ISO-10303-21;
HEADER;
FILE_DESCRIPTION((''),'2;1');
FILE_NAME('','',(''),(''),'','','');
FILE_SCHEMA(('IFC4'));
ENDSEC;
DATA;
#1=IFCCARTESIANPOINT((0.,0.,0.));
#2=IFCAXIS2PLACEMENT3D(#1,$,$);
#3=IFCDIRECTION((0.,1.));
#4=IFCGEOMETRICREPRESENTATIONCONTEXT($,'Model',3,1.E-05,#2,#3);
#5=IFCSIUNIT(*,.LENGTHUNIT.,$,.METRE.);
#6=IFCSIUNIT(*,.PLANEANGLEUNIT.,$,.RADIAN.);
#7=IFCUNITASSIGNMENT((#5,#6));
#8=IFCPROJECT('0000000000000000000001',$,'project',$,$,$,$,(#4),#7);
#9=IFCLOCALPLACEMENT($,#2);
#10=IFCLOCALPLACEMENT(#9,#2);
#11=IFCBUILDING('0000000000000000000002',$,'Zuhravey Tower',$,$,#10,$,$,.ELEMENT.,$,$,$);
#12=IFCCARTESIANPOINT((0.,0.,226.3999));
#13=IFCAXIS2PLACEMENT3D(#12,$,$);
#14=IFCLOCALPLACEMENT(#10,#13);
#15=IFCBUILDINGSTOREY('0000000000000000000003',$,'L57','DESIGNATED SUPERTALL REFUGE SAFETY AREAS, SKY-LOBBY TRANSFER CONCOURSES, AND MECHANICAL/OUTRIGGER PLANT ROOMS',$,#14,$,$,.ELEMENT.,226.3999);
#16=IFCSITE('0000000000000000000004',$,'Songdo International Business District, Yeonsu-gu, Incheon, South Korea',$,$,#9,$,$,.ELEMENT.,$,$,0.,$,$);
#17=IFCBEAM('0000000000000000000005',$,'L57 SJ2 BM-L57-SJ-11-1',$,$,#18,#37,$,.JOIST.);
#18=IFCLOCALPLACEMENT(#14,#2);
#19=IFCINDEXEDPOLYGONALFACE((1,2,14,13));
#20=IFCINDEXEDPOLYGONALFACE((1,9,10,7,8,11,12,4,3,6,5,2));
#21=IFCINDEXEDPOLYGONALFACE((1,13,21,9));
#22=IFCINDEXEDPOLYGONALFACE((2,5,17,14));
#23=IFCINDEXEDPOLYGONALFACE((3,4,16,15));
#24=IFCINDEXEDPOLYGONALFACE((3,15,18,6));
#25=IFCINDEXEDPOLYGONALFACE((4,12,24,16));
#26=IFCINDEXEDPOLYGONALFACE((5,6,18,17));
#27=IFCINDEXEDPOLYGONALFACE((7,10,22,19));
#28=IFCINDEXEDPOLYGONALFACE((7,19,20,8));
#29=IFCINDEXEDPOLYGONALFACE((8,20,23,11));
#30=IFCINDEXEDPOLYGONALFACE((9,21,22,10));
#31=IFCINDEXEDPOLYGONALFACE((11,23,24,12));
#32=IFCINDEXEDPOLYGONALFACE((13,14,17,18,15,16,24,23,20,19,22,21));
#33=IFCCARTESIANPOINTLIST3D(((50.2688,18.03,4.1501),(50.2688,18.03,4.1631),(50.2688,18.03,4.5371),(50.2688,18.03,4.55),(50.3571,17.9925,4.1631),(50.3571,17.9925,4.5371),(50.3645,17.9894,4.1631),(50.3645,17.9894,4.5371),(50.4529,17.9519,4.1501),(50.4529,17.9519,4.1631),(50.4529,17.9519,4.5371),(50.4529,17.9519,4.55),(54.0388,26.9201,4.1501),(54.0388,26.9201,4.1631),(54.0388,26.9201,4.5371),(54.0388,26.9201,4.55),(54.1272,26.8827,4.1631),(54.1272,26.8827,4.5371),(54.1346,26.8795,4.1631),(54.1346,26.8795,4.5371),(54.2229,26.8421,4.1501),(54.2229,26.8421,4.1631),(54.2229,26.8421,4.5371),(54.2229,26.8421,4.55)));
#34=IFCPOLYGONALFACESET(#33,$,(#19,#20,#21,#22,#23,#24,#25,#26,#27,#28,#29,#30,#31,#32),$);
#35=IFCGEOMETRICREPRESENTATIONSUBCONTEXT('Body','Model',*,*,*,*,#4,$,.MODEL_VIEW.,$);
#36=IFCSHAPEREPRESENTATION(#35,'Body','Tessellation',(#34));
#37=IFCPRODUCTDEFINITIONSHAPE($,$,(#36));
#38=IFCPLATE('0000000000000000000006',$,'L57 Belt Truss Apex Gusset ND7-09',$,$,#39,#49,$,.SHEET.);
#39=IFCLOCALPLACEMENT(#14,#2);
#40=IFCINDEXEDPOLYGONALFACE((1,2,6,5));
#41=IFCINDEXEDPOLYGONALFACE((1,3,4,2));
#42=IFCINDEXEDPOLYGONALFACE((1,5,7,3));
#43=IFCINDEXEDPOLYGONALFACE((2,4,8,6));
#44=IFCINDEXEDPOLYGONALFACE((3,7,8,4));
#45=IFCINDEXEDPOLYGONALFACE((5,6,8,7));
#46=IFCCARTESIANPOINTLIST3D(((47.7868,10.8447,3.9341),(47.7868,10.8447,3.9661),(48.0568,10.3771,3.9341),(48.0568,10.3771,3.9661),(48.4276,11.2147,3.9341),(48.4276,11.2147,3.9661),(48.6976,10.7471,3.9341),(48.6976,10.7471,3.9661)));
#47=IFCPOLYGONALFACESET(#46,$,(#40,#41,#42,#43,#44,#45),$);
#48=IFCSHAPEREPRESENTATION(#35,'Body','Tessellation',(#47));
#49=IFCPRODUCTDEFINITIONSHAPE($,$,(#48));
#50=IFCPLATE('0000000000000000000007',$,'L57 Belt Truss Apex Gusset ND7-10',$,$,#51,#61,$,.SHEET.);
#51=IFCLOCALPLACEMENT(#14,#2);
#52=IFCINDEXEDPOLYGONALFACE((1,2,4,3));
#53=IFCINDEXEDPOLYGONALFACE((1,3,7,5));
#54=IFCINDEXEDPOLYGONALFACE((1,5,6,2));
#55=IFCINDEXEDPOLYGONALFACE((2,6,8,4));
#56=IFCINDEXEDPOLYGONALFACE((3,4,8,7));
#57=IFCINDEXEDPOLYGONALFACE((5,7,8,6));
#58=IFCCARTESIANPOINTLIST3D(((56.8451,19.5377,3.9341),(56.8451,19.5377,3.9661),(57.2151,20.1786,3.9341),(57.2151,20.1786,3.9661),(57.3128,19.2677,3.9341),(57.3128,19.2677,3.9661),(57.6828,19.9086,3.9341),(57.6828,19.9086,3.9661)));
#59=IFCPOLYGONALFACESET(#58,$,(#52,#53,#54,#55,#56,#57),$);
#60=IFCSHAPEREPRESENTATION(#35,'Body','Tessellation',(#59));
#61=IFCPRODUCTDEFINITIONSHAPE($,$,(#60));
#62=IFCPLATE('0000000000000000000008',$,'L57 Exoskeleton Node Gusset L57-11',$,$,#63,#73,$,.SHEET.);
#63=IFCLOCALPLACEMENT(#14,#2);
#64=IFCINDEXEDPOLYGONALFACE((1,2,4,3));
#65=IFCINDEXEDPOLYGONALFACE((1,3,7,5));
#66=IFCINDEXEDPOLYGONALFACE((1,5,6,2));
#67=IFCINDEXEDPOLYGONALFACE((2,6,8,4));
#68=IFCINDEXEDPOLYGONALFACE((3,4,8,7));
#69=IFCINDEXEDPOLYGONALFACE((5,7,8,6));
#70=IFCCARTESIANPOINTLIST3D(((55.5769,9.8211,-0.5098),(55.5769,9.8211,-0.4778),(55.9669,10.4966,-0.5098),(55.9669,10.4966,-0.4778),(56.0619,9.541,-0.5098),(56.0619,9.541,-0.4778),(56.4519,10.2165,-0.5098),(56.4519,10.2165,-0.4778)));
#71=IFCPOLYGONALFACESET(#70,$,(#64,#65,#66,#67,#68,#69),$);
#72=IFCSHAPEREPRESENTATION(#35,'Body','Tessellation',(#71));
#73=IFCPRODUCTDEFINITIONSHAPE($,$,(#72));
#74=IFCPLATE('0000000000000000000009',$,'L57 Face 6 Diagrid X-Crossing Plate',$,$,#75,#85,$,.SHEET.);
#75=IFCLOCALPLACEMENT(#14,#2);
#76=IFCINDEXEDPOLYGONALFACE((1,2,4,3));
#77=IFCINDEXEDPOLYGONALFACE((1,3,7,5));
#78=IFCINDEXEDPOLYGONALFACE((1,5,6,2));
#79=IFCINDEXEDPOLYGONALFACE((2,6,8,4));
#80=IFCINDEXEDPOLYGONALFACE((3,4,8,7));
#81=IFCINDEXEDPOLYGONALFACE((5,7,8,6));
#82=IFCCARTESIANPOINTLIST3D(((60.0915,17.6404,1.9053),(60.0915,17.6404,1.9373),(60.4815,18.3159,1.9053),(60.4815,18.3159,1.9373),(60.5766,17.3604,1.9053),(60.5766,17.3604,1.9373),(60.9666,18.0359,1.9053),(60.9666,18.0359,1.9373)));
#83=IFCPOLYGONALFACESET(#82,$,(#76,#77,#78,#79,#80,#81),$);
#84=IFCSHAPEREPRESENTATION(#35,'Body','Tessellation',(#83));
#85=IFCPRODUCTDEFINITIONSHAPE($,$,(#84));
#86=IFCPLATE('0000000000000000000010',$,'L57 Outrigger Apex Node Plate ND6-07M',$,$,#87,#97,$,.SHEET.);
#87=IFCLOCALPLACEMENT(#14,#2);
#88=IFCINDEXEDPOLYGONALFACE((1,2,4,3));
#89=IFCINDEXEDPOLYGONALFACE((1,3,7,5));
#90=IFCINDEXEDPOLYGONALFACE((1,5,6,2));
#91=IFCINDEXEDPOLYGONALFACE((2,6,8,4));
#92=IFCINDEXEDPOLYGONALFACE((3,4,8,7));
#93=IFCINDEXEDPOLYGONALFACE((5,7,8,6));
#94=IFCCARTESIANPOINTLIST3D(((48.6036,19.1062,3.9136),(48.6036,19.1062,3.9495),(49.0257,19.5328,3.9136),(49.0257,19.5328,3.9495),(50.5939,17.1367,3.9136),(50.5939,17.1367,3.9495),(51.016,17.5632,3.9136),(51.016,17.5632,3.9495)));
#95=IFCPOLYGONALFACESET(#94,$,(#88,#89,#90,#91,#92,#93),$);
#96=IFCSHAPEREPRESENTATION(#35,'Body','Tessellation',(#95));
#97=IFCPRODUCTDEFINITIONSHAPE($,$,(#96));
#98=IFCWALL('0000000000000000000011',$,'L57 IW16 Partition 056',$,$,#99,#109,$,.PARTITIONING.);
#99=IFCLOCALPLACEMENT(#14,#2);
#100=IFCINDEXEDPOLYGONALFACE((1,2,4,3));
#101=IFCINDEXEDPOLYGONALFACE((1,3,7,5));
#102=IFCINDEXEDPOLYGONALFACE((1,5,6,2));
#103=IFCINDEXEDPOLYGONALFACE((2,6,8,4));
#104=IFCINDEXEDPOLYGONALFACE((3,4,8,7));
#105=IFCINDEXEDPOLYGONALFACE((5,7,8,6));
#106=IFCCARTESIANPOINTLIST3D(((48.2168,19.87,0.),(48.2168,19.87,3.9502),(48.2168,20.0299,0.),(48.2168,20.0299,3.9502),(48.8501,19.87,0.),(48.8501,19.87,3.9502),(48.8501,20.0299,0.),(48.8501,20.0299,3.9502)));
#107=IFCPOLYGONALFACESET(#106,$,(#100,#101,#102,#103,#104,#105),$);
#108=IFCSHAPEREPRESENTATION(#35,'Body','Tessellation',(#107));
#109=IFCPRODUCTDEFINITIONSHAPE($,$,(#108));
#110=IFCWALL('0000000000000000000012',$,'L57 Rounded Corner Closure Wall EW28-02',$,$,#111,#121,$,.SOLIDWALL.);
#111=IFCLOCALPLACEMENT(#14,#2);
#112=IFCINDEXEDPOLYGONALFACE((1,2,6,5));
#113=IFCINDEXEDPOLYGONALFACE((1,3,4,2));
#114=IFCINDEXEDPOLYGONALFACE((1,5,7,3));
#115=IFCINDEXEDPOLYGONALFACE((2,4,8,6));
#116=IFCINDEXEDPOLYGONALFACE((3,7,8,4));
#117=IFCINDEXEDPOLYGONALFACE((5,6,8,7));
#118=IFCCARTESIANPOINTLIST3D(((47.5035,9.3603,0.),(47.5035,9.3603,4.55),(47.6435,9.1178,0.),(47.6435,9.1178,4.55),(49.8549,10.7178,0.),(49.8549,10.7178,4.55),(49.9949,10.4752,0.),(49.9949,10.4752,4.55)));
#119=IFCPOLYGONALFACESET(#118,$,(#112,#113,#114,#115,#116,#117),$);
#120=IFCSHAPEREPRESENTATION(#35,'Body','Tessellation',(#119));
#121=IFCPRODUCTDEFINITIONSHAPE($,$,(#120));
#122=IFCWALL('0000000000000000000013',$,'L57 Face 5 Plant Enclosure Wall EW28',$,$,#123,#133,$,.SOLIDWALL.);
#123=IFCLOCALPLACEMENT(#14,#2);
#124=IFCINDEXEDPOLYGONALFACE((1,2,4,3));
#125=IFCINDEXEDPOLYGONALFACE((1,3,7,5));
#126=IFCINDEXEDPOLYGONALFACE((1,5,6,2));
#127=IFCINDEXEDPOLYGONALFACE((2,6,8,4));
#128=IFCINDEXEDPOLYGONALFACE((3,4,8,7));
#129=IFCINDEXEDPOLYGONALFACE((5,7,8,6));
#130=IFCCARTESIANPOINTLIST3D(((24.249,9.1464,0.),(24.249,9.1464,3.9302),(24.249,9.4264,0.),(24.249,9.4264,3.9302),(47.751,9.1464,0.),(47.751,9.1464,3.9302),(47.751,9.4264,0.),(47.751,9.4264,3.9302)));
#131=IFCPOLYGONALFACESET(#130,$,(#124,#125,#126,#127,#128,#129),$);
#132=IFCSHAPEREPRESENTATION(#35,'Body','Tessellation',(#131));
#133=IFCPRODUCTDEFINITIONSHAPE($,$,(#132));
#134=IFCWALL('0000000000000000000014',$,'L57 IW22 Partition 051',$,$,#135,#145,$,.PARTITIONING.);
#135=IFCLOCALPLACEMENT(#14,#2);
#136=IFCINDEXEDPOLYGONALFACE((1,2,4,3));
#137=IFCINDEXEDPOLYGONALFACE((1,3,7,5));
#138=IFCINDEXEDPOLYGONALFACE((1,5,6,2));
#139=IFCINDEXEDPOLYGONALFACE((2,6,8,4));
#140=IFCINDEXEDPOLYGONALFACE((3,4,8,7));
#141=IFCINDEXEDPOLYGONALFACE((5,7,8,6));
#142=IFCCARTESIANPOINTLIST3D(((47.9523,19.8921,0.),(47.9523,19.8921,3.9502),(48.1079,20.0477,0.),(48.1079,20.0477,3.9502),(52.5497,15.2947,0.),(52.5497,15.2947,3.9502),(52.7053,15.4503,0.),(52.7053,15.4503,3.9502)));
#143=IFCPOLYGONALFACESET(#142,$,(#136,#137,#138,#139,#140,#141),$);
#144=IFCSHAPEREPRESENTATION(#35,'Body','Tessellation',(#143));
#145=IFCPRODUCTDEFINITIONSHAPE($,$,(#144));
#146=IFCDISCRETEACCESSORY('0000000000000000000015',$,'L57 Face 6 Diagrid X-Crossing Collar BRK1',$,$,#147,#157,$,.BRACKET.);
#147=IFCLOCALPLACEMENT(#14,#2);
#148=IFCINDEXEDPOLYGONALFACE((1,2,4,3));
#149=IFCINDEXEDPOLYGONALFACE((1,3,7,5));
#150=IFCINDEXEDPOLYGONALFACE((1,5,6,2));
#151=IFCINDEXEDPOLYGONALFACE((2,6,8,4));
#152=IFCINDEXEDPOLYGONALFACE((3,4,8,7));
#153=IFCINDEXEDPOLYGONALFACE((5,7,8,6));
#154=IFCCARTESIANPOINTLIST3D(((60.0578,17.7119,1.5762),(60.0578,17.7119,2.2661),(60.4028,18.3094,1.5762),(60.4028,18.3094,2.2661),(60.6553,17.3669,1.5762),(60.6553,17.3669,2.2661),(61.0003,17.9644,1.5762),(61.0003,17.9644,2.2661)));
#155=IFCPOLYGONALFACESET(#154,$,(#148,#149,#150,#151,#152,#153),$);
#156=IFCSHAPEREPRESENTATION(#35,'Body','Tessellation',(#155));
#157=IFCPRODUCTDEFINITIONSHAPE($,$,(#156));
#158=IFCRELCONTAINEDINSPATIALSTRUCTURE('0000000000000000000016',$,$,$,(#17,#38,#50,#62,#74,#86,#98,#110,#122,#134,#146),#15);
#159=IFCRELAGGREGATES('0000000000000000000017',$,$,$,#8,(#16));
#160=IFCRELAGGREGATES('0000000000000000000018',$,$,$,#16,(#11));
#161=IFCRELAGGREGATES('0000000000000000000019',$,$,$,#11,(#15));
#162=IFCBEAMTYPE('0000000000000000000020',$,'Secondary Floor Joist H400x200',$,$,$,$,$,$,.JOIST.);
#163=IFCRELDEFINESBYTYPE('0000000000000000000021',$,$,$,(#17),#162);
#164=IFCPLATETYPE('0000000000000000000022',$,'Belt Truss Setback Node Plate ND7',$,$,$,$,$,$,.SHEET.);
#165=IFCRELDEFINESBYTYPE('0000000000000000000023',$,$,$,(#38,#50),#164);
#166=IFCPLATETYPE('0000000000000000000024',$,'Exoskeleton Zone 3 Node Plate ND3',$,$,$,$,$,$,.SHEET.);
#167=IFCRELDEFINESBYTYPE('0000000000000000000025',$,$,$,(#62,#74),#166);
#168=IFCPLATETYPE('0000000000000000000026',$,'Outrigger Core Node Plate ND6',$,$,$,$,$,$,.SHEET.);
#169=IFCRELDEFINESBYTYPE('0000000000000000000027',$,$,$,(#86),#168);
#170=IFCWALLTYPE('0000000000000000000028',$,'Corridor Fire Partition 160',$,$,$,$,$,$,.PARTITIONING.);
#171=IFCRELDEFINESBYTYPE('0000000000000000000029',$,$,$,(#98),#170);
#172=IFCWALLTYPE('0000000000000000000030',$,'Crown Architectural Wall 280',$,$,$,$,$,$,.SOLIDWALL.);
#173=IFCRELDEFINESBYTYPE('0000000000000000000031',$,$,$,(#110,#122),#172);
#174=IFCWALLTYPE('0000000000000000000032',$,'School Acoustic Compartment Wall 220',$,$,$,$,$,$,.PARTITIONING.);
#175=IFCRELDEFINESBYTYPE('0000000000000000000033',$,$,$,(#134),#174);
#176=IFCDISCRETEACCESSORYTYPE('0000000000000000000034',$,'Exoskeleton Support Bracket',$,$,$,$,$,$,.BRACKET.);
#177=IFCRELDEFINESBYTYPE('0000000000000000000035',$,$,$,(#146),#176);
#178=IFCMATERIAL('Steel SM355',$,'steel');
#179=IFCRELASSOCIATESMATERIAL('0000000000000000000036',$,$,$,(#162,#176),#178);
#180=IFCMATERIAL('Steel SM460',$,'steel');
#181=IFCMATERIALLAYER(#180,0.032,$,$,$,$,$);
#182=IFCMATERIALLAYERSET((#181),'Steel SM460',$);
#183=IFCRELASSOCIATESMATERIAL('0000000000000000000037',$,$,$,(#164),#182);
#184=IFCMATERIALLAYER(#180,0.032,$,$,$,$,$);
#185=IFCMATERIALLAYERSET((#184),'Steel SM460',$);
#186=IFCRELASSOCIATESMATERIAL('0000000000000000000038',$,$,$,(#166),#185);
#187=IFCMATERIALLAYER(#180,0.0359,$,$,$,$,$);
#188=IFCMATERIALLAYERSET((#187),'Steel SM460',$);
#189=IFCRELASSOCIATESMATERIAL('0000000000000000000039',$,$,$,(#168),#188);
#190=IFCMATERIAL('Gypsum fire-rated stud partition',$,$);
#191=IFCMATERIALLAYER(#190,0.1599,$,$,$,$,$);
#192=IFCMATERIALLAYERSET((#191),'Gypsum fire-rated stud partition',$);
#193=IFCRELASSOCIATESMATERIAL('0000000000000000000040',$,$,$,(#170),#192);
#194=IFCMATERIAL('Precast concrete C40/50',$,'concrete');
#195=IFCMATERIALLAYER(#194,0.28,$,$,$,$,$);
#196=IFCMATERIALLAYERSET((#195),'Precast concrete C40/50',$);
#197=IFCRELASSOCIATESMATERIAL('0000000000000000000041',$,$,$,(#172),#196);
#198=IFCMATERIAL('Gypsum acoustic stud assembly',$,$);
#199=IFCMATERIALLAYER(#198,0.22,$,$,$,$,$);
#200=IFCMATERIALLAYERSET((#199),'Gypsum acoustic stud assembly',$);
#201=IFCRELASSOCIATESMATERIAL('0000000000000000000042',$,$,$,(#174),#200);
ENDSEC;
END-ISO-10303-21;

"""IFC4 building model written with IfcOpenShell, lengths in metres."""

from ifc_helpers import new_model, si_unit, direction, frame, frame_2d, origin, origin_2d, place, context, subcontext, project, spatial, rectangle, i_section, extrude, material, layer, layer_set, material_profile, profile_set, type_object, element, save


model = new_model("IFC4")

# Units and contexts
model_context = context("Model", 3, precision=1e-05, world=origin(), true_north=direction((0.0, 1.0)))
body_context = subcontext(model_context, "Body", "Model", "MODEL_VIEW")
ifc_project = project(units=[si_unit("LENGTHUNIT", "METRE"), si_unit("PLANEANGLEUNIT", "RADIAN")], contexts=[model_context])

# Site, building, storey
site_placement = place(None, origin())
site = spatial("IfcSite", under=ifc_project, at=site_placement, Name="Songdo International Business District, Yeonsu-gu, Incheon, South Korea", CompositionType="ELEMENT", RefElevation=0.0)
building_placement = place(site_placement, origin())
building = spatial("IfcBuilding", under=site, at=building_placement, Name="Zuhravey Tower", CompositionType="ELEMENT")
storey_placement = place(building_placement, frame((0.0, 0.0, 226.3999)))
storey = spatial("IfcBuildingStorey", under=building, at=storey_placement, Name="L57", Description="DESIGNATED SUPERTALL REFUGE SAFETY AREAS, SKY-LOBBY TRANSFER CONCOURSES, AND MECHANICAL/OUTRIGGER PLANT ROOMS", CompositionType="ELEMENT", Elevation=226.3999)

# Shared definitions
ifc_material_1 = material(Name="Steel SM355", Category="steel")

# Shared definitions
ifc_material_2 = material(Name="Steel SM460", Category="steel")

# Beam
ifc_material_profile_1 = material_profile(ifc_material_1, i_section(OverallWidth=0.2, OverallDepth=0.3999, WebThickness=0.0081, FlangeThickness=0.0129, at=origin_2d()), Name="H-400x200x8x13")
ifc_profile_set_1 = profile_set([ifc_material_profile_1], Name="Steel SM355")
beam_type_1 = type_object("IfcBeamType", Name="Secondary Floor Joist H400x200", PredefinedType="JOIST", material=ifc_profile_set_1)
beam_1_placement = place(storey_placement, frame((50.3608, 17.991, 4.3501), z_axis=(0.390413, 0.92064, 0.0), x_axis=(-0.92064, 0.390413, 0.0)))
element("IfcBeam", 1, at=beam_1_placement, inside=storey, type_object=beam_type_1, Name="L57 SJ2 BM-L57-SJ-11-1", PredefinedType="JOIST", context=body_context, shape_type="SweptSolid", body=[
    extrude(i_section(OverallWidth=0.2, OverallDepth=0.3999, WebThickness=0.0081, FlangeThickness=0.0129, at=origin_2d()), origin(), (0.0, 0.0, 1.0), 9.6565),
])

# Plates
ifc_layer_1 = layer(ifc_material_2, 0.032)
ifc_layer_set_1 = layer_set([ifc_layer_1], Name="Steel SM460")
plate_type_1 = type_object("IfcPlateType", Name="Belt Truss Setback Node Plate ND7", PredefinedType="SHEET", material=ifc_layer_set_1)
for number, where, z_axis, x_axis, name in (
    (2, (48.2422, 10.7959, 3.9341), (0.0, 0.0, 1.0), (0.866025, 0.5, 0.0), "L57 Belt Truss Apex Gusset ND7-09"),
    (3, (57.2639, 19.7231, 3.9341), (0.0, 0.0, 1.0), (0.5, 0.866025, 0.0), "L57 Belt Truss Apex Gusset ND7-10"),
):
    element("IfcPlate", number, at=place(storey_placement, frame(where, z_axis=z_axis, x_axis=x_axis)), inside=storey, type_object=plate_type_1, Name=name, PredefinedType="SHEET", context=body_context, shape_type="SweptSolid", body=[
        extrude(rectangle(XDim=0.74, YDim=0.54, at=origin_2d()), origin(), (0.0, 0.0, 1.0), 0.032),
    ])
ifc_layer_2 = layer(ifc_material_2, 0.032)
ifc_layer_set_2 = layer_set([ifc_layer_2], Name="Steel SM460")
plate_type_2 = type_object("IfcPlateType", Name="Exoskeleton Zone 3 Node Plate ND3", PredefinedType="SHEET", material=ifc_layer_set_2)
for number, where, z_axis, x_axis, name in (
    (4, (56.0144, 10.0188, -0.5098), (0.0, 0.0, 1.0), (0.5, 0.866025, 0.0), "L57 Exoskeleton Node Gusset L57-11"),
    (5, (60.5291, 17.8381, 1.9053), (0.0, 0.0, 1.0), (0.5, 0.866025, 0.0), "L57 Face 6 Diagrid X-Crossing Plate"),
):
    element("IfcPlate", number, at=place(storey_placement, frame(where, z_axis=z_axis, x_axis=x_axis)), inside=storey, type_object=plate_type_2, Name=name, PredefinedType="SHEET", context=body_context, shape_type="SweptSolid", body=[
        extrude(rectangle(XDim=0.78, YDim=0.5601, at=origin_2d()), origin(), (0.0, 0.0, 1.0), 0.032),
    ])
ifc_layer_3 = layer(ifc_material_2, 0.0359)
ifc_layer_set_3 = layer_set([ifc_layer_3], Name="Steel SM460")
plate_type_3 = type_object("IfcPlateType", Name="Outrigger Core Node Plate ND6", PredefinedType="SHEET", material=ifc_layer_set_3)
plate_placement = place(storey_placement, frame((49.8098, 18.3347, 3.9136), z_axis=(0.0, 0.0, 1.0), x_axis=(0.710799, -0.703395, 0.0)))
element("IfcPlate", 6, at=plate_placement, inside=storey, type_object=plate_type_3, Name="L57 Outrigger Apex Node Plate ND6-07M", PredefinedType="SHEET", context=body_context, shape_type="SweptSolid", body=[
    extrude(rectangle(XDim=2.8, YDim=0.6001, at=origin_2d()), origin(), (0.0, 0.0, 1.0), 0.0359),
])

# Walls
ifc_material_3 = material(Name="Gypsum fire-rated stud partition")
ifc_layer_4 = layer(ifc_material_3, 0.1599)
ifc_layer_set_4 = layer_set([ifc_layer_4], Name="Gypsum fire-rated stud partition")
wall_type_1 = type_object("IfcWallType", Name="Corridor Fire Partition 160", PredefinedType="PARTITIONING", material=ifc_layer_set_4)
wall_1_placement = place(storey_placement, frame((48.2168, 19.95, 0.0), z_axis=(0.0, 0.0, 1.0), x_axis=(1.0, 0.0, 0.0)))
element("IfcWall", 7, at=wall_1_placement, inside=storey, type_object=wall_type_1, Name="L57 IW16 Partition 056", PredefinedType="PARTITIONING", context=body_context, shape_type="SweptSolid", body=[
    extrude(rectangle(XDim=0.6333, YDim=0.1599, at=frame_2d((0.3167, 0.0))), origin(), (0.0, 0.0, 1.0), 3.9502),
])
ifc_material_4 = material(Name="Precast concrete C40/50", Category="concrete")
ifc_layer_5 = layer(ifc_material_4, 0.28)
ifc_layer_set_5 = layer_set([ifc_layer_5], Name="Precast concrete C40/50")
wall_type_2 = type_object("IfcWallType", Name="Crown Architectural Wall 280", PredefinedType="SOLIDWALL", material=ifc_layer_set_5)
wall_2_placement = place(storey_placement, frame((49.9248, 10.5964, 0.0), z_axis=(0.0, 0.0, 1.0), x_axis=(-0.866043, -0.499969, 0.0)))
element("IfcWall", 8, at=wall_2_placement, inside=storey, type_object=wall_type_2, Name="L57 Rounded Corner Closure Wall EW28-02", PredefinedType="SOLIDWALL", context=body_context, shape_type="SweptSolid", body=[
    extrude(rectangle(XDim=2.7151, YDim=0.28, at=frame_2d((1.3574, 0.0))), origin(), (0.0, 0.0, 1.0), 4.55),
])
wall_3_placement = place(storey_placement, frame((47.751, 9.2864, 0.0), z_axis=(0.0, 0.0, 1.0), x_axis=(-1.0, 0.0, 0.0)))
element("IfcWall", 9, at=wall_3_placement, inside=storey, type_object=wall_type_2, Name="L57 Face 5 Plant Enclosure Wall EW28", PredefinedType="SOLIDWALL", context=body_context, shape_type="SweptSolid", body=[
    extrude(rectangle(XDim=23.502, YDim=0.28, at=frame_2d((11.751, 0.0))), origin(), (0.0, 0.0, 1.0), 3.9302),
])
ifc_material_5 = material(Name="Gypsum acoustic stud assembly")
ifc_layer_6 = layer(ifc_material_5, 0.22)
ifc_layer_set_6 = layer_set([ifc_layer_6], Name="Gypsum acoustic stud assembly")
wall_type_3 = type_object("IfcWallType", Name="School Acoustic Compartment Wall 220", PredefinedType="PARTITIONING", material=ifc_layer_set_6)
wall_4_placement = place(storey_placement, frame((48.03, 19.97, 0.0), z_axis=(0.0, 0.0, 1.0), x_axis=(0.707107, -0.707107, 0.0)))
element("IfcWall", 10, at=wall_4_placement, inside=storey, type_object=wall_type_3, Name="L57 IW22 Partition 051", PredefinedType="PARTITIONING", context=body_context, shape_type="SweptSolid", body=[
    extrude(rectangle(XDim=6.5017, YDim=0.22, at=frame_2d((3.251, 0.0))), origin(), (0.0, 0.0, 1.0), 3.9502),
])

# Discrete accessory
discrete_accessory_type = type_object("IfcDiscreteAccessoryType", Name="Exoskeleton Support Bracket", PredefinedType="BRACKET", material=ifc_material_1)
discrete_accessory_placement = place(storey_placement, frame((60.5291, 17.8381, 1.5762), z_axis=(0.0, 0.0, 1.0), x_axis=(0.5, 0.866025, 0.0)))
element("IfcDiscreteAccessory", 11, at=discrete_accessory_placement, inside=storey, type_object=discrete_accessory_type, Name="L57 Face 6 Diagrid X-Crossing Collar BRK1", PredefinedType="BRACKET", context=body_context, shape_type="SweptSolid", body=[
    extrude(rectangle(XDim=0.6899, YDim=0.6899, at=origin_2d()), origin(), (0.0, 0.0, 1.0), 0.6899),
])

save(model, "model.ifc")
